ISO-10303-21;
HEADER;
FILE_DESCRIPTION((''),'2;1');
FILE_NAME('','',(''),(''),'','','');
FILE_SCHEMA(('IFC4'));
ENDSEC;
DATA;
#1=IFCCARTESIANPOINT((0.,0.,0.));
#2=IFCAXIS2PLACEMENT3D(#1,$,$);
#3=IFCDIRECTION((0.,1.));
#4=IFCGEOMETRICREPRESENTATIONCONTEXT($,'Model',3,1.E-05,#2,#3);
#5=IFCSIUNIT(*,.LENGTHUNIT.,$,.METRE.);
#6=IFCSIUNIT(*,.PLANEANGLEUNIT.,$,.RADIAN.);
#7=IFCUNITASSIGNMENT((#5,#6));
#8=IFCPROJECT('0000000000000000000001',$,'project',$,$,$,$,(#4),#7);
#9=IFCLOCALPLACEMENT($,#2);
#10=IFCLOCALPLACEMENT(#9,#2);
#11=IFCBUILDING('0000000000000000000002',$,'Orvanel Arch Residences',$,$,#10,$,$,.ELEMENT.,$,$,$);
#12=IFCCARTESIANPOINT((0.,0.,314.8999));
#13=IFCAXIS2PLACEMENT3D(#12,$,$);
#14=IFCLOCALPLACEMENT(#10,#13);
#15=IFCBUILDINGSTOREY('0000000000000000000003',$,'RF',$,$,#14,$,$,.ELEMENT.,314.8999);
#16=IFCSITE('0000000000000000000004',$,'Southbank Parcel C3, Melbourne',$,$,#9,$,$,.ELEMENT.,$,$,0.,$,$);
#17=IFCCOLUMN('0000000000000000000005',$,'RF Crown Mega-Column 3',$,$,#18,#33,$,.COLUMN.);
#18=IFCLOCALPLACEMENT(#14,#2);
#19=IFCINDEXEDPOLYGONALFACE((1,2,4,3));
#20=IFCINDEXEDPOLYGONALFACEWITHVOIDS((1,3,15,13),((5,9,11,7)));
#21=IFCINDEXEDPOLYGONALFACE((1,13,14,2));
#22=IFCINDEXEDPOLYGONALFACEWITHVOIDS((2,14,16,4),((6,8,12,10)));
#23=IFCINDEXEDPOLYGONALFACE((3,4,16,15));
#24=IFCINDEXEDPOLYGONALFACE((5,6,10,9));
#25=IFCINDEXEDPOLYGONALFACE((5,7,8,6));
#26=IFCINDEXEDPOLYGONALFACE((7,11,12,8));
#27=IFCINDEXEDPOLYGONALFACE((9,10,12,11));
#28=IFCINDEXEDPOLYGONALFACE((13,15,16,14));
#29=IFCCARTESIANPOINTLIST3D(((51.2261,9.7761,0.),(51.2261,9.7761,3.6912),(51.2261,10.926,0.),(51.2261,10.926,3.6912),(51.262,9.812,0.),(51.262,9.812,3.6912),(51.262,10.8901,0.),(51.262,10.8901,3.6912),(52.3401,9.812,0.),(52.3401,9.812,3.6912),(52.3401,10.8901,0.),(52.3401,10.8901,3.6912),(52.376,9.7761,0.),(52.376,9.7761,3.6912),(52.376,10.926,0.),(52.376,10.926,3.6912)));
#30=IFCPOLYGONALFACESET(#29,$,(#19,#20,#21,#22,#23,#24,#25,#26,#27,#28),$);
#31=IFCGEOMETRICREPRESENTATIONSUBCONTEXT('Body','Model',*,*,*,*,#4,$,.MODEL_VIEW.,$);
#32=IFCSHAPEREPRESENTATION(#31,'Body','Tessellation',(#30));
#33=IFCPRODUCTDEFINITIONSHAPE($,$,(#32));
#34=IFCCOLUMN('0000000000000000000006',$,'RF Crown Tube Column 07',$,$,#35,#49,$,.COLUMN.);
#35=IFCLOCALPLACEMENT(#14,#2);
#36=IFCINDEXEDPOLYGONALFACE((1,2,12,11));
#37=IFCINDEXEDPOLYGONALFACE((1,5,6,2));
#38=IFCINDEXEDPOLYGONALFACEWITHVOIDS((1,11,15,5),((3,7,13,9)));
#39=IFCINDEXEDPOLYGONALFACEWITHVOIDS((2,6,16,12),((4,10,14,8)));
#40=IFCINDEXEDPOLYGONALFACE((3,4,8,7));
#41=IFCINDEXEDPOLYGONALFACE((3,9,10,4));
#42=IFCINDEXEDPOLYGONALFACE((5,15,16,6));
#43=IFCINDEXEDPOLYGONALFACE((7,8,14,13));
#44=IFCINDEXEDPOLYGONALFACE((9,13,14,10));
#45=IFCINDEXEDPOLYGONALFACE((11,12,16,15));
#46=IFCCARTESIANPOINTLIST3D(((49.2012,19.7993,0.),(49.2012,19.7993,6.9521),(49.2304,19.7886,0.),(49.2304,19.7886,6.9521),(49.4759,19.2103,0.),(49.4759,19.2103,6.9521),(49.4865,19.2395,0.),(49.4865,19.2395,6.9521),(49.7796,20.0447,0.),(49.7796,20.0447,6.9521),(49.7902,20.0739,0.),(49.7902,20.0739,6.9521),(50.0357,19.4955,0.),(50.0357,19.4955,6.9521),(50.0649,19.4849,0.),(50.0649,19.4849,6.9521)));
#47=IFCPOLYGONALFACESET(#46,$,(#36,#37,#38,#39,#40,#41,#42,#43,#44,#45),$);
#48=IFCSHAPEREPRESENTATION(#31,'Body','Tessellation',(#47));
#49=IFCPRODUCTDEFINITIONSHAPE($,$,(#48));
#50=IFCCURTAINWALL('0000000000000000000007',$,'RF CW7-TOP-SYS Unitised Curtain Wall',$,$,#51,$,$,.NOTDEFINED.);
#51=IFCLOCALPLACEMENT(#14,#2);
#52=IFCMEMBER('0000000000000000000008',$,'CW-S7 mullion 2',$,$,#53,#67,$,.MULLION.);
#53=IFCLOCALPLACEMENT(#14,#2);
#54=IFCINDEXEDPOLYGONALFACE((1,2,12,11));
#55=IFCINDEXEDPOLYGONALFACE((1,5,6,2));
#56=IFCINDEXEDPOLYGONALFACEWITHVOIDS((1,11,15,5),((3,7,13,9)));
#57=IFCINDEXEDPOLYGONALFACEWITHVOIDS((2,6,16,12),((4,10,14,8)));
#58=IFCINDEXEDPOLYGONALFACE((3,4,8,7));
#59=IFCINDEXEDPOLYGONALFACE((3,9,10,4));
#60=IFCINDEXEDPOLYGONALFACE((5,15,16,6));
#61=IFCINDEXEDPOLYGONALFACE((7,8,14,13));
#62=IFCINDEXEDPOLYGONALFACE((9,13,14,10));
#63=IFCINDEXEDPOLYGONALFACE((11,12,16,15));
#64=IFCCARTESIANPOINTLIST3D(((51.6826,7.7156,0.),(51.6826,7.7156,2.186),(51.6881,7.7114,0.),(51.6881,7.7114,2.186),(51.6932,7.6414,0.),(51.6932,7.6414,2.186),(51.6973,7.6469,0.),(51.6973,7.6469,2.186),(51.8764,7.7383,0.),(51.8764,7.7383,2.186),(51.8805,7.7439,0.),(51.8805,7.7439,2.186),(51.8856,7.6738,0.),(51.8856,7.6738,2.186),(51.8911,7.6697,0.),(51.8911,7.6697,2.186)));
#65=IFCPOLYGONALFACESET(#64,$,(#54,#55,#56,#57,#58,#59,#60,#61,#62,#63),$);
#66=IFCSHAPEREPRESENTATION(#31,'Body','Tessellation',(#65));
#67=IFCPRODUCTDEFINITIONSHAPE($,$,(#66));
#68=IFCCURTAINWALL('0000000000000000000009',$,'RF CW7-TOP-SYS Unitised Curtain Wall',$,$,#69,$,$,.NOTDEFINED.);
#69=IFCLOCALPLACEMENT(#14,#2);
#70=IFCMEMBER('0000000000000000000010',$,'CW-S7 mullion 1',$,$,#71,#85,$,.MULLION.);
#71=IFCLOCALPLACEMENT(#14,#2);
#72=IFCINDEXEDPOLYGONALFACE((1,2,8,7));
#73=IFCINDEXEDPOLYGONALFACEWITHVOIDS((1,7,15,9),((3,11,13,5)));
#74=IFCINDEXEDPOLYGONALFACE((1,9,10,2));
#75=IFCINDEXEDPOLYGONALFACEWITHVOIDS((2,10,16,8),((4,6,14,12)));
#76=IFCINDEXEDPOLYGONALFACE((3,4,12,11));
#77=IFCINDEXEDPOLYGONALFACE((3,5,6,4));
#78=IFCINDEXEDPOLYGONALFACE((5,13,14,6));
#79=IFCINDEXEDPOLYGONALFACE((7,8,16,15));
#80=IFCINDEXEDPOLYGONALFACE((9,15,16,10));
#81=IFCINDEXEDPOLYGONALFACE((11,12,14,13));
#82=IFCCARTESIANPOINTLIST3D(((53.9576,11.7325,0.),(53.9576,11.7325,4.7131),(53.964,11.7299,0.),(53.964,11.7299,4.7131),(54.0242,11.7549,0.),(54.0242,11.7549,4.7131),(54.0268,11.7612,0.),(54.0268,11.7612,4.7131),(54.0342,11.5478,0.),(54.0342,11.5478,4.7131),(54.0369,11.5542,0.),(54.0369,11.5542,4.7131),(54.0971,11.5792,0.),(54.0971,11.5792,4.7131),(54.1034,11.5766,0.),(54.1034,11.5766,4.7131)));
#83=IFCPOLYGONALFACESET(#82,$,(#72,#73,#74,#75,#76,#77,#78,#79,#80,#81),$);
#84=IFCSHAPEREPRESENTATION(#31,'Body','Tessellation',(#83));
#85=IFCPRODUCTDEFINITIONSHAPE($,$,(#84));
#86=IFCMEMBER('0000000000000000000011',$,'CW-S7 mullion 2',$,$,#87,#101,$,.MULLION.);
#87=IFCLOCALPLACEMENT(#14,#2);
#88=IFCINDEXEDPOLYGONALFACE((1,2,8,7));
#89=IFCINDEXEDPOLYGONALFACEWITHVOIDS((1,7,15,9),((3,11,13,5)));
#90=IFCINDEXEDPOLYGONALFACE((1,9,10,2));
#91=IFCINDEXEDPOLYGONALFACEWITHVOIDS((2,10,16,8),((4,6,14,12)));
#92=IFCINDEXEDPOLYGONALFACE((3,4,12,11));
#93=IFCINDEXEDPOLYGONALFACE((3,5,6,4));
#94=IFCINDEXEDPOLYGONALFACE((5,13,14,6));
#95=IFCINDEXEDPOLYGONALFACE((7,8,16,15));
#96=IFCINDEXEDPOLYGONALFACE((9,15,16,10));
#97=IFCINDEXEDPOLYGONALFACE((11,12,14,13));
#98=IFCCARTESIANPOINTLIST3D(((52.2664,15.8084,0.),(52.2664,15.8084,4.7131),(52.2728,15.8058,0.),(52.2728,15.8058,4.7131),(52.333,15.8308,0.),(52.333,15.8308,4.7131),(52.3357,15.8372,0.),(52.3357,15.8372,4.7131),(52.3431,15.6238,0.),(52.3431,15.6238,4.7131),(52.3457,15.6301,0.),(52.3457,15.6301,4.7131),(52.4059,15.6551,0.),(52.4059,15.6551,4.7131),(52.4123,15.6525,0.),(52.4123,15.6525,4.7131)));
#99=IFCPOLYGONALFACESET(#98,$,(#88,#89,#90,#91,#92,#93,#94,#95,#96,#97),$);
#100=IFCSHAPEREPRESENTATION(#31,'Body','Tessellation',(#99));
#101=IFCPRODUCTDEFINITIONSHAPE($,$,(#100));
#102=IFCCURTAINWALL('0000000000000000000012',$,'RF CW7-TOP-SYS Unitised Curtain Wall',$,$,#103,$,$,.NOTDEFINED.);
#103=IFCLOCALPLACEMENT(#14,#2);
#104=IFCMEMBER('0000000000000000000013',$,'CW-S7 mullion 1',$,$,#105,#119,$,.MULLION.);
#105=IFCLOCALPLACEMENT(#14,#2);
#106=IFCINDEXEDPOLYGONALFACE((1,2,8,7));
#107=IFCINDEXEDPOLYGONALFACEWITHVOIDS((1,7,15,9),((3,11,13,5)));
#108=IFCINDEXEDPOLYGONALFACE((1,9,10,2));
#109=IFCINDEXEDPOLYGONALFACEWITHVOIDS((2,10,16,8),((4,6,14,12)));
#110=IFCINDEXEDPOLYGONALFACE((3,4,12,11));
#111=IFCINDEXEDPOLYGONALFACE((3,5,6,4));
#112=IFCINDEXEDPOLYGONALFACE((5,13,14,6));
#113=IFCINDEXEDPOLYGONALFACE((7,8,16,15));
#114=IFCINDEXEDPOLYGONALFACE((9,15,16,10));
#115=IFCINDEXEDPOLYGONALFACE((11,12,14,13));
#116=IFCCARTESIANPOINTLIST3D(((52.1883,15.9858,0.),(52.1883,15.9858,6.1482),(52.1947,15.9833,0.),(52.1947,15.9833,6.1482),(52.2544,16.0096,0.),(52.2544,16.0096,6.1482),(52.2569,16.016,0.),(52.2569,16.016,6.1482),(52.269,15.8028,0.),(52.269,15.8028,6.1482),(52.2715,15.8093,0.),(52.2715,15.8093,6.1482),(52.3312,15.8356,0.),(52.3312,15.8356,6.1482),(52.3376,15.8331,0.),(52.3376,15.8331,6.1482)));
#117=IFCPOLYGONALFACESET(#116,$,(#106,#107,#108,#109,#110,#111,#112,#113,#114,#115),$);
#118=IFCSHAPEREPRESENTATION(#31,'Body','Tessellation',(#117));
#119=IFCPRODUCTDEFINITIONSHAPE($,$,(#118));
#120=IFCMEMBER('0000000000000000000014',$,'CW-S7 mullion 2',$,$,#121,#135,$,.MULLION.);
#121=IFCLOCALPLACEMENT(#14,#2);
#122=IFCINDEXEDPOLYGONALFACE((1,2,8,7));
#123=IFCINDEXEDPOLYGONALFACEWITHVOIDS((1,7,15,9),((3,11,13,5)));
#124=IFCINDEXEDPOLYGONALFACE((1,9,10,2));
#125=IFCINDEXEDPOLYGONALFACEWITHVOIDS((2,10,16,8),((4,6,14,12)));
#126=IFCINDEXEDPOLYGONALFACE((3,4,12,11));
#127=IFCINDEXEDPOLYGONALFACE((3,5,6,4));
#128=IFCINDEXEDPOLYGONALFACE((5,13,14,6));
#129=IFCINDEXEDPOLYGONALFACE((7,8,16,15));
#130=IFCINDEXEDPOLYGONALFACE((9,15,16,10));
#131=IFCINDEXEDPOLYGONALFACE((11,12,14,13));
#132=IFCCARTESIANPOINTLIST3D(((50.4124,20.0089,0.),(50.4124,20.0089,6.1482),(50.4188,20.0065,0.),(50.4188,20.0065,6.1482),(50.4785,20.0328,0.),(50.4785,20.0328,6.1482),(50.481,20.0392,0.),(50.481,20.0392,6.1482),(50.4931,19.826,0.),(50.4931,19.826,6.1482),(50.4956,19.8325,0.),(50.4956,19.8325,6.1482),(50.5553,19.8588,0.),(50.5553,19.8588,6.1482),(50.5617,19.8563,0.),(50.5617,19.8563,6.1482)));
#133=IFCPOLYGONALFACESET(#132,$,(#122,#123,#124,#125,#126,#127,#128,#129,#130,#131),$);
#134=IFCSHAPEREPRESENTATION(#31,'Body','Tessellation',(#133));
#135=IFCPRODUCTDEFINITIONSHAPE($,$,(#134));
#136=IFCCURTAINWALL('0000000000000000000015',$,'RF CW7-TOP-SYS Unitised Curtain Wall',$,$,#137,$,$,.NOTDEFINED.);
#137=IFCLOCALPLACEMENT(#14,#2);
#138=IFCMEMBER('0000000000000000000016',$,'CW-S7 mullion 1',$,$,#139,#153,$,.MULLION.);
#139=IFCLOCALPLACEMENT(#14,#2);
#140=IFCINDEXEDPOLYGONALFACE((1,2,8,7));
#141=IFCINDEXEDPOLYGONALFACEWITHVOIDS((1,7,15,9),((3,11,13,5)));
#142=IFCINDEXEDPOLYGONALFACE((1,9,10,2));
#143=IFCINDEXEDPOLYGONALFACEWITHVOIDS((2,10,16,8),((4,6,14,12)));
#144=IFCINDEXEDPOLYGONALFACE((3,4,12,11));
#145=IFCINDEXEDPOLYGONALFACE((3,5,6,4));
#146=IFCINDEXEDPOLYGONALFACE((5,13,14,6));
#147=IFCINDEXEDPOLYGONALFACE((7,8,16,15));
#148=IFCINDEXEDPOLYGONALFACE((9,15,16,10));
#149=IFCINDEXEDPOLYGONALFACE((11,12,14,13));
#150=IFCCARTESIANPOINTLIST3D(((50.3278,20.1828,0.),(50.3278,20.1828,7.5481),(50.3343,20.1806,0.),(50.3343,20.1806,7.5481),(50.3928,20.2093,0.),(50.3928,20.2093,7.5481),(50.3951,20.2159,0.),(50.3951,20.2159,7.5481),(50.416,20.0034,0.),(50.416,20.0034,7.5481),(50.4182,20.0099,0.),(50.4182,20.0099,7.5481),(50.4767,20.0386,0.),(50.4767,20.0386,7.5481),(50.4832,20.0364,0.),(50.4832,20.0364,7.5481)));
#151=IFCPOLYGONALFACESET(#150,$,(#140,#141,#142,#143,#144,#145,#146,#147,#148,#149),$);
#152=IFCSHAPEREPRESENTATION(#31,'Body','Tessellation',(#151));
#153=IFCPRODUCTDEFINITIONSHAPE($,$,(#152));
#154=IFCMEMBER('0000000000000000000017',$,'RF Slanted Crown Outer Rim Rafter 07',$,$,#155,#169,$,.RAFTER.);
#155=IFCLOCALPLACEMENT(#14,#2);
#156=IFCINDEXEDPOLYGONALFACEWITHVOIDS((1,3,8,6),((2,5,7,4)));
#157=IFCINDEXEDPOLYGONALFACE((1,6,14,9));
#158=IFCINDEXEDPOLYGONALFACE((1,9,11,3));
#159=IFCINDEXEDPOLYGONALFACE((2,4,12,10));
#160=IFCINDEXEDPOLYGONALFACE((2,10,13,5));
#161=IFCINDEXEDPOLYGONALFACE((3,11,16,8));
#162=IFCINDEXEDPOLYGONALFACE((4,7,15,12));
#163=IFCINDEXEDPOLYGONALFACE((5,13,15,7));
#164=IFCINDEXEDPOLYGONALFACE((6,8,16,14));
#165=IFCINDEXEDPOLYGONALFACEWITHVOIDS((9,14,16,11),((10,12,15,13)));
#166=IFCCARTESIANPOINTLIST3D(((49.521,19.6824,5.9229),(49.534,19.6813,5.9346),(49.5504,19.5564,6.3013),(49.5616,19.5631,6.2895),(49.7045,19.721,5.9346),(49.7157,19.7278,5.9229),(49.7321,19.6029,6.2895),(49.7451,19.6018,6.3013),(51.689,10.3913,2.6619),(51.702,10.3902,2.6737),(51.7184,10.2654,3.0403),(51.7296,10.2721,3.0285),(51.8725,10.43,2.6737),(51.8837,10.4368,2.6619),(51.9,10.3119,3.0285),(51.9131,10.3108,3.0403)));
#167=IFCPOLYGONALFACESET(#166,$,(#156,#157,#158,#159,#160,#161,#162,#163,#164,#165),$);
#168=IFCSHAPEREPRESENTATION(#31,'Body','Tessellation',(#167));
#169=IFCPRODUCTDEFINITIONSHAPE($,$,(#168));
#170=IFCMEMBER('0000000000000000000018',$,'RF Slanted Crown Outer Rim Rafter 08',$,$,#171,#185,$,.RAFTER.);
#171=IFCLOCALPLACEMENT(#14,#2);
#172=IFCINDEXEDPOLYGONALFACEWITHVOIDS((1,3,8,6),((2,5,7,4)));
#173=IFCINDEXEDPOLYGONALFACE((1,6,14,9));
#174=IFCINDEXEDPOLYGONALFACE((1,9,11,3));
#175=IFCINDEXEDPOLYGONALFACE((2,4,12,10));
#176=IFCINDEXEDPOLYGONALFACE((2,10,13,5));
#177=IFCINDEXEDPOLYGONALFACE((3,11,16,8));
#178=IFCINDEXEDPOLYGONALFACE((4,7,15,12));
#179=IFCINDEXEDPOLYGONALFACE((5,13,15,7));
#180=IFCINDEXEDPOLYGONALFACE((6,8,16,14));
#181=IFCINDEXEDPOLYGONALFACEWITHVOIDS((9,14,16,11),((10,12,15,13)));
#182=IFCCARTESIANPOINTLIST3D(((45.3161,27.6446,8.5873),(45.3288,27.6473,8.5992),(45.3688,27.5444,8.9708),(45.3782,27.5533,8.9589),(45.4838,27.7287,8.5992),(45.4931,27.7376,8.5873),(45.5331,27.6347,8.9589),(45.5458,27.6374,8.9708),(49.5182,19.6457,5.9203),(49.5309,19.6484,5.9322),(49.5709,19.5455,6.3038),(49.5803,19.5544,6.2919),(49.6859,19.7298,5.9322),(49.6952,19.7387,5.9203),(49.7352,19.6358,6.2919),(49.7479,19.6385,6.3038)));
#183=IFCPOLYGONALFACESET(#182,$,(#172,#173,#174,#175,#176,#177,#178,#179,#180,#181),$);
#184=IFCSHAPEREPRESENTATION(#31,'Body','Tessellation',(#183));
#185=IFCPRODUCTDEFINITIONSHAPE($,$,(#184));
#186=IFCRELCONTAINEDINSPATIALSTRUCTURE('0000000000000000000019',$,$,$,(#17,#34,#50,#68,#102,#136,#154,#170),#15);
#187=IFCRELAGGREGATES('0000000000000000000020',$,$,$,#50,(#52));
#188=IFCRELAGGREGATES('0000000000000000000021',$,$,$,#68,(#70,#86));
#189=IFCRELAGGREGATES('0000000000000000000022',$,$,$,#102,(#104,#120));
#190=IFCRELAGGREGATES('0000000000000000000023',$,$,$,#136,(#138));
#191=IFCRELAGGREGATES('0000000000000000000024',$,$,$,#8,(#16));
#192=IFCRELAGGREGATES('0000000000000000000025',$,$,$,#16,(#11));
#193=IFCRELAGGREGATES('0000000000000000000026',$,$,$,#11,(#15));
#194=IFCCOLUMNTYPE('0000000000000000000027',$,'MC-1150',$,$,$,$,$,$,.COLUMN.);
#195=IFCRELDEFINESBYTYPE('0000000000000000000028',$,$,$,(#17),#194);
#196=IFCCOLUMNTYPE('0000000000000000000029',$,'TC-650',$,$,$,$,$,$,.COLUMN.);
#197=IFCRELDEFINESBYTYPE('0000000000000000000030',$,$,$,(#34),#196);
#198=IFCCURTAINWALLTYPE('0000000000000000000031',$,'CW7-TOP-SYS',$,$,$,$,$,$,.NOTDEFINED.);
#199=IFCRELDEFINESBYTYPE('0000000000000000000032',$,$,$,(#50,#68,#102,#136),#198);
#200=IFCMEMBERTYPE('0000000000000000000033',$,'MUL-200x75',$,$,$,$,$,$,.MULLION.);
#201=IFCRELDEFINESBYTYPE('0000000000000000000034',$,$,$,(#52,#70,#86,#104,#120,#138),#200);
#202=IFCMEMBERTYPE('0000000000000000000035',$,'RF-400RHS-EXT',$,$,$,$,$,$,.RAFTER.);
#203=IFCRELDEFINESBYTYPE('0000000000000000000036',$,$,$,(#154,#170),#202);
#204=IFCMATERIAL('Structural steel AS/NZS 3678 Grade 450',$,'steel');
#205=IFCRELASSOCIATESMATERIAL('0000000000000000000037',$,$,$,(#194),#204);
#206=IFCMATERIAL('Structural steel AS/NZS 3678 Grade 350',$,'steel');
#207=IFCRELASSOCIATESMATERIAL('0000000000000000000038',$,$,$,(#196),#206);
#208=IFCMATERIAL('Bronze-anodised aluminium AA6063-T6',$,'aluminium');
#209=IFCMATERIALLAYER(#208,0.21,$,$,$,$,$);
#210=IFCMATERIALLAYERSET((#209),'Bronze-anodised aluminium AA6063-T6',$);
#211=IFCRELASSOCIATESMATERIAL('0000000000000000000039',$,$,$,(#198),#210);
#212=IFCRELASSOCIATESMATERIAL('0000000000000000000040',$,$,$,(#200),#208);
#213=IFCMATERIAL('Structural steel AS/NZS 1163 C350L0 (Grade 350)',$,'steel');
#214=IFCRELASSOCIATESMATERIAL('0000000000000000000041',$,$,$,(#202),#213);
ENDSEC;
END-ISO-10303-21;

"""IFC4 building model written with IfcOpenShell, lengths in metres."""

from ifc_helpers import new_model, si_unit, direction, frame, origin, origin_2d, place, context, subcontext, project, spatial, hollow_rectangle, extrude, material, layer, layer_set, material_profile, profile_set, type_object, element, aggregate, save


model = new_model("IFC4")

# Units and contexts
model_context = context("Model", 3, precision=1e-05, world=origin(), true_north=direction((0.0, 1.0)))
body_context = subcontext(model_context, "Body", "Model", "MODEL_VIEW")
ifc_project = project(units=[si_unit("LENGTHUNIT", "METRE"), si_unit("PLANEANGLEUNIT", "RADIAN")], contexts=[model_context])

# Site, building, storey
site_placement = place(None, origin())
site = spatial("IfcSite", under=ifc_project, at=site_placement, Name="Southbank Parcel C3, Melbourne", CompositionType="ELEMENT", RefElevation=0.0)
building_placement = place(site_placement, origin())
building = spatial("IfcBuilding", under=site, at=building_placement, Name="Orvanel Arch Residences", CompositionType="ELEMENT")
storey_placement = place(building_placement, frame((0.0, 0.0, 314.8999)))
storey = spatial("IfcBuildingStorey", under=building, at=storey_placement, Name="RF", CompositionType="ELEMENT", Elevation=314.8999)

# Columns
ifc_material_1 = material(Name="Structural steel AS/NZS 3678 Grade 450", Category="steel")
ifc_material_profile_1 = material_profile(ifc_material_1, hollow_rectangle(XDim=1.1499, YDim=1.1499, WallThickness=0.0359, at=origin_2d()), Name="BOX1150x1150x36")
ifc_profile_set_1 = profile_set([ifc_material_profile_1], Name="Structural steel AS/NZS 3678 Grade 450")
column_type_1 = type_object("IfcColumnType", Name="MC-1150", PredefinedType="COLUMN", material=ifc_profile_set_1)
column_1_placement = place(storey_placement, frame((51.801, 10.3511, 0.0), z_axis=(0.0, 0.0, 1.0), x_axis=(1.0, 0.0, 0.0)))
element("IfcColumn", 1, at=column_1_placement, inside=storey, type_object=column_type_1, Name="RF Crown Mega-Column 3", PredefinedType="COLUMN", context=body_context, shape_type="SweptSolid", body=[
    extrude(hollow_rectangle(XDim=1.1499, YDim=1.1499, WallThickness=0.0359, at=origin_2d()), origin(), (0.0, 0.0, 1.0), 3.6912),
])
ifc_material_2 = material(Name="Structural steel AS/NZS 3678 Grade 350", Category="steel")
ifc_material_profile_2 = material_profile(ifc_material_2, hollow_rectangle(XDim=0.6499, YDim=0.6499, WallThickness=0.022, at=origin_2d()), Name="BOX650x650x22")
ifc_profile_set_2 = profile_set([ifc_material_profile_2], Name="Structural steel AS/NZS 3678 Grade 350")
column_type_2 = type_object("IfcColumnType", Name="TC-650", PredefinedType="COLUMN", material=ifc_profile_set_2)
column_2_placement = place(storey_placement, frame((49.6331, 19.6421, 0.0), z_axis=(0.0, 0.0, 1.0), x_axis=(-0.422618, 0.906308, 0.0)))
element("IfcColumn", 2, at=column_2_placement, inside=storey, type_object=column_type_2, Name="RF Crown Tube Column 07", PredefinedType="COLUMN", context=body_context, shape_type="SweptSolid", body=[
    extrude(hollow_rectangle(XDim=0.6499, YDim=0.6499, WallThickness=0.022, at=origin_2d()), origin(), (0.0, 0.0, 1.0), 6.9521),
])

# Curtain wall, member
ifc_material_3 = material(Name="Bronze-anodised aluminium AA6063-T6", Category="aluminium")
ifc_layer_1 = layer(ifc_material_3, 0.21)
ifc_layer_set_1 = layer_set([ifc_layer_1], Name="Bronze-anodised aluminium AA6063-T6")
curtain_wall_type = type_object("IfcCurtainWallType", Name="CW7-TOP-SYS", PredefinedType="NOTDEFINED", material=ifc_layer_set_1)
curtain_wall_1_placement = place(storey_placement, origin())
curtain_wall_1 = element("IfcCurtainWall", 3, at=curtain_wall_1_placement, inside=storey, type_object=curtain_wall_type, Name="RF CW7-TOP-SYS Unitised Curtain Wall", PredefinedType="NOTDEFINED")
ifc_material_profile_3 = material_profile(ifc_material_3, hollow_rectangle(XDim=0.075, YDim=0.2, WallThickness=0.0049, at=origin_2d()), Name="ALU200x75x5")
ifc_profile_set_3 = profile_set([ifc_material_profile_3], Name="Bronze-anodised aluminium AA6063-T6")
member_type_1 = type_object("IfcMemberType", Name="MUL-200x75", PredefinedType="MULLION", material=ifc_profile_set_3)
member_1_placement = place(storey_placement, frame((51.7869, 7.6926, 0.0), z_axis=(0.0, 0.0, 1.0), x_axis=(-0.141512, 0.989937, 0.0)))
member_1 = element("IfcMember", 4, at=member_1_placement, type_object=member_type_1, Name="CW-S7 mullion 2", PredefinedType="MULLION", context=body_context, shape_type="SweptSolid", body=[
    extrude(hollow_rectangle(XDim=0.075, YDim=0.2, WallThickness=0.0049, at=origin_2d()), origin(), (0.0, 0.0, 1.0), 2.186),
])

# Curtain walls, members
curtain_wall_2_placement = place(storey_placement, origin())
curtain_wall_2 = element("IfcCurtainWall", 5, at=curtain_wall_2_placement, inside=storey, type_object=curtain_wall_type, Name="RF CW7-TOP-SYS Unitised Curtain Wall", PredefinedType="NOTDEFINED")
member_2_placement = place(storey_placement, frame((54.0305, 11.6545, 0.0), z_axis=(0.0, 0.0, 1.0), x_axis=(-0.923636, -0.38327, 0.0)))
member_2 = element("IfcMember", 6, at=member_2_placement, type_object=member_type_1, Name="CW-S7 mullion 1", PredefinedType="MULLION", context=body_context, shape_type="SweptSolid", body=[
    extrude(hollow_rectangle(XDim=0.075, YDim=0.2, WallThickness=0.0049, at=origin_2d()), origin(), (0.0, 0.0, 1.0), 4.7131),
])
member_3_placement = place(storey_placement, frame((52.3394, 15.7305, 0.0), z_axis=(0.0, 0.0, 1.0), x_axis=(-0.923636, -0.38327, 0.0)))
member_3 = element("IfcMember", 7, at=member_3_placement, type_object=member_type_1, Name="CW-S7 mullion 2", PredefinedType="MULLION", context=body_context, shape_type="SweptSolid", body=[
    extrude(hollow_rectangle(XDim=0.075, YDim=0.2, WallThickness=0.0049, at=origin_2d()), origin(), (0.0, 0.0, 1.0), 4.7131),
])
curtain_wall_3_placement = place(storey_placement, origin())
curtain_wall_3 = element("IfcCurtainWall", 8, at=curtain_wall_3_placement, inside=storey, type_object=curtain_wall_type, Name="RF CW7-TOP-SYS Unitised Curtain Wall", PredefinedType="NOTDEFINED")
member_4_placement = place(storey_placement, frame((52.2629, 15.9094, 0.0), z_axis=(0.0, 0.0, 1.0), x_axis=(-0.91486, -0.403772, 0.0)))
member_4 = element("IfcMember", 9, at=member_4_placement, type_object=member_type_1, Name="CW-S7 mullion 1", PredefinedType="MULLION", context=body_context, shape_type="SweptSolid", body=[
    extrude(hollow_rectangle(XDim=0.075, YDim=0.2, WallThickness=0.0049, at=origin_2d()), origin(), (0.0, 0.0, 1.0), 6.1482),
])
member_5_placement = place(storey_placement, frame((50.4871, 19.9326, 0.0), z_axis=(0.0, 0.0, 1.0), x_axis=(-0.91486, -0.403772, 0.0)))
member_5 = element("IfcMember", 10, at=member_5_placement, type_object=member_type_1, Name="CW-S7 mullion 2", PredefinedType="MULLION", context=body_context, shape_type="SweptSolid", body=[
    extrude(hollow_rectangle(XDim=0.075, YDim=0.2, WallThickness=0.0049, at=origin_2d()), origin(), (0.0, 0.0, 1.0), 6.1482),
])

# Curtain wall, member
curtain_wall_4_placement = place(storey_placement, origin())
curtain_wall_4 = element("IfcCurtainWall", 11, at=curtain_wall_4_placement, inside=storey, type_object=curtain_wall_type, Name="RF CW7-TOP-SYS Unitised Curtain Wall", PredefinedType="NOTDEFINED")
member_6_placement = place(storey_placement, frame((50.4055, 20.1096, 0.0), z_axis=(0.0, 0.0, 1.0), x_axis=(-0.897504, -0.441005, 0.0)))
member_6 = element("IfcMember", 12, at=member_6_placement, type_object=member_type_1, Name="CW-S7 mullion 1", PredefinedType="MULLION", context=body_context, shape_type="SweptSolid", body=[
    extrude(hollow_rectangle(XDim=0.075, YDim=0.2, WallThickness=0.0049, at=origin_2d()), origin(), (0.0, 0.0, 1.0), 7.5481),
])

# Members
ifc_material_4 = material(Name="Structural steel AS/NZS 1163 C350L0 (Grade 350)", Category="steel")
ifc_material_profile_4 = material_profile(ifc_material_4, hollow_rectangle(XDim=0.2, YDim=0.3999, WallThickness=0.0125, at=origin_2d()), Name="RHS400x200x12.5")
ifc_profile_set_4 = profile_set([ifc_material_profile_4], Name="Structural steel AS/NZS 1163 C350L0 (Grade 350)")
member_type_2 = type_object("IfcMemberType", Name="RF-400RHS-EXT", PredefinedType="RAFTER", material=ifc_profile_set_4)
member_7_placement = place(storey_placement, frame((51.801, 10.3511, 2.8511), z_axis=(-0.215023, 0.921498, 0.32343), x_axis=(-0.97384, -0.227236, 0.0)))
element("IfcMember", 13, at=member_7_placement, inside=storey, type_object=member_type_2, Name="RF Slanted Crown Outer Rim Rafter 07", PredefinedType="RAFTER", context=body_context, shape_type="SweptSolid", body=[
    extrude(hollow_rectangle(XDim=0.2, YDim=0.3999, WallThickness=0.0125, at=origin_2d()), origin(), (0.0, 0.0, 1.0), 10.0825),
])
member_8_placement = place(storey_placement, frame((49.6331, 19.6421, 6.1121), z_axis=(-0.446041, 0.849063, 0.28309), x_axis=(-0.885277, -0.465065, 0.0)))
element("IfcMember", 14, at=member_8_placement, inside=storey, type_object=member_type_2, Name="RF Slanted Crown Outer Rim Rafter 08", PredefinedType="RAFTER", context=body_context, shape_type="SweptSolid", body=[
    extrude(hollow_rectangle(XDim=0.2, YDim=0.3999, WallThickness=0.0125, at=origin_2d()), origin(), (0.0, 0.0, 1.0), 9.4209),
])

aggregate(curtain_wall_1, [member_1])
aggregate(curtain_wall_2, [member_2, member_3])
aggregate(curtain_wall_3, [member_4, member_5])
aggregate(curtain_wall_4, [member_6])

save(model, "model.ifc")
